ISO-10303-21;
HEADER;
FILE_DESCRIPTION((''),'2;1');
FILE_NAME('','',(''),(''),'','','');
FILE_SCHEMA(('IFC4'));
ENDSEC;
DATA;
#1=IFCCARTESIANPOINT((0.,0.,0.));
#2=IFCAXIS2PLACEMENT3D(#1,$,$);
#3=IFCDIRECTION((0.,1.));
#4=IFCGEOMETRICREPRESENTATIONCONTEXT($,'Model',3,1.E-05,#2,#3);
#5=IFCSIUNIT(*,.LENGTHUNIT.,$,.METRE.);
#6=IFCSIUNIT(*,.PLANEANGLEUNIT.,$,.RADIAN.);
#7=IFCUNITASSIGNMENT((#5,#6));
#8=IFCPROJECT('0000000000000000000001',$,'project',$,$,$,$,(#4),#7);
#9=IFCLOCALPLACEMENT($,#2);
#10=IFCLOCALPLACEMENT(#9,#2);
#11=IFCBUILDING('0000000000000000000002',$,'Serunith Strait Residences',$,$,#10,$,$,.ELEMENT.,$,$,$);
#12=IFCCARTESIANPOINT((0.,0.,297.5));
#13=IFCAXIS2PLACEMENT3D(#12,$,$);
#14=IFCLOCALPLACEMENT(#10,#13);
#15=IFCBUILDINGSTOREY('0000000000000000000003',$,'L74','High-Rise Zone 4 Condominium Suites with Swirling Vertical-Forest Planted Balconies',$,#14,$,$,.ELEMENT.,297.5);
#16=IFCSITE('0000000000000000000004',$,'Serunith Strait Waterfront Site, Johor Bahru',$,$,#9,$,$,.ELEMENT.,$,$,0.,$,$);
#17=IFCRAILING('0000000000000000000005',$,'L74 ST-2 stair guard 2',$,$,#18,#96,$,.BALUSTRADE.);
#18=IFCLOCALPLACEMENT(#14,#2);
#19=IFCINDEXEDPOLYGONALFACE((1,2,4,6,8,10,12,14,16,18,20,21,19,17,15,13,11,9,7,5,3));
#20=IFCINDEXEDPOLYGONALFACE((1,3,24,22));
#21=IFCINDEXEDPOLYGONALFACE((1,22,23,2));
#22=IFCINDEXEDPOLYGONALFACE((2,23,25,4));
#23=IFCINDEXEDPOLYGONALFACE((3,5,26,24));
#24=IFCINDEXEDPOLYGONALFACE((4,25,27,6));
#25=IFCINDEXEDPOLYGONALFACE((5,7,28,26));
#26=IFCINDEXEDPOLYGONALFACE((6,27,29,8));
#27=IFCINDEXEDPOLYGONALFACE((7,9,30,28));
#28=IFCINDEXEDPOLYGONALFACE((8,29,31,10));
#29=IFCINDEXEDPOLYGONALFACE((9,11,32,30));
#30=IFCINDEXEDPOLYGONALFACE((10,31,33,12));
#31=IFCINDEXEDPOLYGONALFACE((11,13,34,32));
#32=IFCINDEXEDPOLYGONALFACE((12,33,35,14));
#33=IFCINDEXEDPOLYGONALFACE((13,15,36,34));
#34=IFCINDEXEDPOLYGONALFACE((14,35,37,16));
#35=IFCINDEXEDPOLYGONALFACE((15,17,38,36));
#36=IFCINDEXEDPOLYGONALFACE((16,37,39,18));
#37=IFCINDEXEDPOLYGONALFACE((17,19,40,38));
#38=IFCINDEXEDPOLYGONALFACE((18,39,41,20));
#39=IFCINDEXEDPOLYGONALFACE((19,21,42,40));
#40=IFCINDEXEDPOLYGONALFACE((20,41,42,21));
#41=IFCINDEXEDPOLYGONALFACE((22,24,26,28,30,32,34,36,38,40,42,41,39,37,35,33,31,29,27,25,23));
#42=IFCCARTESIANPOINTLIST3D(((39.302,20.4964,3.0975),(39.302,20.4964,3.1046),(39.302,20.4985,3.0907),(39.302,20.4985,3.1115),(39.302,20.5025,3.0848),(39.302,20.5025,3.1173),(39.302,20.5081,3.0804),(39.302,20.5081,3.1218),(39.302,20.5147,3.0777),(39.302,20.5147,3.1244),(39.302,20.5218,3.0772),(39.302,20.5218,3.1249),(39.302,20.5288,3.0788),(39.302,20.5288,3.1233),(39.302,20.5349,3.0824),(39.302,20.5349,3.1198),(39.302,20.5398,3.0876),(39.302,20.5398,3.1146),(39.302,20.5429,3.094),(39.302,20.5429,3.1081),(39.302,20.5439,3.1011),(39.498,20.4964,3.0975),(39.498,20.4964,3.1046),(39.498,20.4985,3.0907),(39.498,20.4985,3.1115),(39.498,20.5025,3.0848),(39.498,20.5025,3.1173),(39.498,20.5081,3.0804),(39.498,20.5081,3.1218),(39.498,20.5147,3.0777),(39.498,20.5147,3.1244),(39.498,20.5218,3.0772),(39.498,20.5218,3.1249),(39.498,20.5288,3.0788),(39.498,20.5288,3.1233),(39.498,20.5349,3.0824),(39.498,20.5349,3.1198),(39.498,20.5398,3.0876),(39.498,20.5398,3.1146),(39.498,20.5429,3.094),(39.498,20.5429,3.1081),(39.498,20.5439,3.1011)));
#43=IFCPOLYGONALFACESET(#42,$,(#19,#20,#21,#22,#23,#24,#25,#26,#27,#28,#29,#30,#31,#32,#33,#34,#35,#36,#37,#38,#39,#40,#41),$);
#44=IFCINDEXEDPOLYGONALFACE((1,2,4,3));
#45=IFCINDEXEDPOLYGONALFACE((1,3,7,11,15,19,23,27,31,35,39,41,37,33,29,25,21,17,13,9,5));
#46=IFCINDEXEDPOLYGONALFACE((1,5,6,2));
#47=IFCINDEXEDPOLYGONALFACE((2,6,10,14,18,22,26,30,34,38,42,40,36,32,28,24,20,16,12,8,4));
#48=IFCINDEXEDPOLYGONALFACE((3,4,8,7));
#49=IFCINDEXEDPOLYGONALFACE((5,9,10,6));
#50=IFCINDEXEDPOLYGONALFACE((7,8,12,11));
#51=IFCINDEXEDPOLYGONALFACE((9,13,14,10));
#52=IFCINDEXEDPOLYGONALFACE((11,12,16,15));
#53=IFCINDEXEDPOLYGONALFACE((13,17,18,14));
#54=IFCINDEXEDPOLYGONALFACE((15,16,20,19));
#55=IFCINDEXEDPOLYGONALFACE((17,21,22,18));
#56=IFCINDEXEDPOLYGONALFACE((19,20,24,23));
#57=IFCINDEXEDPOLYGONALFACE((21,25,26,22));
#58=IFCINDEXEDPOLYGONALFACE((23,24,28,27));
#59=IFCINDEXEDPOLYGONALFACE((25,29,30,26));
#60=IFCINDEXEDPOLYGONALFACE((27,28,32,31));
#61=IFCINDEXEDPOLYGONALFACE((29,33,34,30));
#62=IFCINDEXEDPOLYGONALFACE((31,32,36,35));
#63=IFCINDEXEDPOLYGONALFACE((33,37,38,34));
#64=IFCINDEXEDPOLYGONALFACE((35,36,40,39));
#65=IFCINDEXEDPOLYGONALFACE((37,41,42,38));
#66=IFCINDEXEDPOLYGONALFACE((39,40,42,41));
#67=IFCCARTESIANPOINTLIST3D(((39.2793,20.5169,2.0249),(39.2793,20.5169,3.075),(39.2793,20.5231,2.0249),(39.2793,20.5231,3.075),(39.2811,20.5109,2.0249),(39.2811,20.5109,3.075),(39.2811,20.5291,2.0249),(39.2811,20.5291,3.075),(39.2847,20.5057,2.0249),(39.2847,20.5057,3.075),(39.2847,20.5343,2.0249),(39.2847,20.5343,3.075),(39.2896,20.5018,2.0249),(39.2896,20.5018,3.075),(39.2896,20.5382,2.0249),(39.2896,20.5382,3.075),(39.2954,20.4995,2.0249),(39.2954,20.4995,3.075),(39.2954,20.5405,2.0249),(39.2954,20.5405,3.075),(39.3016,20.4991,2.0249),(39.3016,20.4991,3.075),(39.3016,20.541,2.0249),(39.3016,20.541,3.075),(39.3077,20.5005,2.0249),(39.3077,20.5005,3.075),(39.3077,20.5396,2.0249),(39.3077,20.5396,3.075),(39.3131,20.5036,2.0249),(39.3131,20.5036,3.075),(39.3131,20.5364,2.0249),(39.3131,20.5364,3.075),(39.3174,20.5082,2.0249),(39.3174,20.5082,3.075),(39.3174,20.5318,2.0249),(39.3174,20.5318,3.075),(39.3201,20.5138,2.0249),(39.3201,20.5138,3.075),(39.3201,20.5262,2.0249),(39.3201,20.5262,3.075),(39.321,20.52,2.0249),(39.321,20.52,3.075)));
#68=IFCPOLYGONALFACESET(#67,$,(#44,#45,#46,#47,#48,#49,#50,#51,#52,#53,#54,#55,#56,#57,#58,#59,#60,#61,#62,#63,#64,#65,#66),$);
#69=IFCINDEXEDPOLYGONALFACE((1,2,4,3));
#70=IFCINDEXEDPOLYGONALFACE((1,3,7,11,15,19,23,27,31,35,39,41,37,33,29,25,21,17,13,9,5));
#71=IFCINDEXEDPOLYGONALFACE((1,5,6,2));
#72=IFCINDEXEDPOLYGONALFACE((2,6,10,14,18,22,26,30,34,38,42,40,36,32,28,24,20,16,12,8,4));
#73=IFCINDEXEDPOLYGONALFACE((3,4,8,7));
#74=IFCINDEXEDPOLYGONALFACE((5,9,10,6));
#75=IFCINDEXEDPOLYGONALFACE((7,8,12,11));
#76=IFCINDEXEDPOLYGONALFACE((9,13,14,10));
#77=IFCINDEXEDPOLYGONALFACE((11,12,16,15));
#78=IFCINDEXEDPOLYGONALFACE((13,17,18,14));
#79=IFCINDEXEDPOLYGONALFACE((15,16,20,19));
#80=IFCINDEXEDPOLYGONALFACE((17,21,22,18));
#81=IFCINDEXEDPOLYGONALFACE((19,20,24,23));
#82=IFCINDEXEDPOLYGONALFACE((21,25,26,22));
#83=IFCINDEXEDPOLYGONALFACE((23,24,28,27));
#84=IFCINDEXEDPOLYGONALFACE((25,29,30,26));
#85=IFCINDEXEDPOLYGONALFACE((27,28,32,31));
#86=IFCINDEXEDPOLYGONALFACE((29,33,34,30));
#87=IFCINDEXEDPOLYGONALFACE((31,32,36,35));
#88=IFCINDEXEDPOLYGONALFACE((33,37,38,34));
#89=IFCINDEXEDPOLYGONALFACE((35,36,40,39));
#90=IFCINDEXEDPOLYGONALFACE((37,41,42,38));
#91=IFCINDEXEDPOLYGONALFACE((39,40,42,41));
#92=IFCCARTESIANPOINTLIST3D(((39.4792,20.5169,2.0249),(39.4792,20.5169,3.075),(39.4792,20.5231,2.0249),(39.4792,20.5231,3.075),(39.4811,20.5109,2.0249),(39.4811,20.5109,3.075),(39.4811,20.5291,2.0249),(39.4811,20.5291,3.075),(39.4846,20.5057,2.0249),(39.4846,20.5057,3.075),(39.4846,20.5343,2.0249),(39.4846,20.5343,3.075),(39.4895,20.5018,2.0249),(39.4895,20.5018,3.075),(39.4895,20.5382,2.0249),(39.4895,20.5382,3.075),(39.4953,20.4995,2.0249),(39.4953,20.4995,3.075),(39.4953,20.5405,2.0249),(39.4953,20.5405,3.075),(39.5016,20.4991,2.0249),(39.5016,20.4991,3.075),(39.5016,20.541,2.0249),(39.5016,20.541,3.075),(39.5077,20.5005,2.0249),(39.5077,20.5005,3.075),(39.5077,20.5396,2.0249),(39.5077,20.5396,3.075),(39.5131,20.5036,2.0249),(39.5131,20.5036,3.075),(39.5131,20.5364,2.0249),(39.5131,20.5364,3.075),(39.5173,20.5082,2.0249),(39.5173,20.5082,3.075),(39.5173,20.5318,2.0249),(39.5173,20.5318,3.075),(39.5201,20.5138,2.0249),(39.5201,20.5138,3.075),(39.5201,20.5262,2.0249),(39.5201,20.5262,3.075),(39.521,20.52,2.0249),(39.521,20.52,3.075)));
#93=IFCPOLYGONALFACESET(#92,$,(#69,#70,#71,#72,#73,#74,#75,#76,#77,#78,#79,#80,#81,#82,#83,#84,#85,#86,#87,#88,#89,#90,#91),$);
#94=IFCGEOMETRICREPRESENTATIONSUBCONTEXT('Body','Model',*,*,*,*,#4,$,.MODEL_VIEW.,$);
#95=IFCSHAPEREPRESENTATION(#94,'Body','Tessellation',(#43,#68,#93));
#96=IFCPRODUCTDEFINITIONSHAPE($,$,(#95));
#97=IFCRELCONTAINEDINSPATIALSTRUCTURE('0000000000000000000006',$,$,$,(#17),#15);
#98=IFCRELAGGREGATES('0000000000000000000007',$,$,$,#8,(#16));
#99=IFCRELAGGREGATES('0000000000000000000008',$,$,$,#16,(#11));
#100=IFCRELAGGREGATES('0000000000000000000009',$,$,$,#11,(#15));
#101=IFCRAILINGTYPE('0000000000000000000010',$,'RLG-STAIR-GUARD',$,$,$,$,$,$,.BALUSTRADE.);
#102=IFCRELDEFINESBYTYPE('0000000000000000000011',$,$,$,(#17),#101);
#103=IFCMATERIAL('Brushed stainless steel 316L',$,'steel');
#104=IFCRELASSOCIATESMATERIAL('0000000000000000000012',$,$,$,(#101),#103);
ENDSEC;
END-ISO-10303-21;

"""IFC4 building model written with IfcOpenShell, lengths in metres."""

from ifc_helpers import new_model, si_unit, direction, frame, origin, origin_2d, place, context, subcontext, project, spatial, circle, extrude, material, type_object, element, save


model = new_model("IFC4")

# Units and contexts
model_context = context("Model", 3, precision=1e-05, world=origin(), true_north=direction((0.0, 1.0)))
body_context = subcontext(model_context, "Body", "Model", "MODEL_VIEW")
ifc_project = project(units=[si_unit("LENGTHUNIT", "METRE"), si_unit("PLANEANGLEUNIT", "RADIAN")], contexts=[model_context])

# Site, building, storey
site_placement = place(None, origin())
site = spatial("IfcSite", under=ifc_project, at=site_placement, Name="Serunith Strait Waterfront Site, Johor Bahru", CompositionType="ELEMENT", RefElevation=0.0)
building_placement = place(site_placement, origin())
building = spatial("IfcBuilding", under=site, at=building_placement, Name="Serunith Strait Residences", CompositionType="ELEMENT")
storey_placement = place(building_placement, frame((0.0, 0.0, 297.5)))
storey = spatial("IfcBuildingStorey", under=building, at=storey_placement, Name="L74", Description="High-Rise Zone 4 Condominium Suites with Swirling Vertical-Forest Planted Balconies", CompositionType="ELEMENT", Elevation=297.5)

# Railing
ifc_material_1 = material(Name="Brushed stainless steel 316L", Category="steel")
railing_type_1 = type_object("IfcRailingType", Name="RLG-STAIR-GUARD", PredefinedType="BALUSTRADE", material=ifc_material_1)
railing_1_placement = place(storey_placement, frame((39.3, 20.52, 2.0249)))
element("IfcRailing", 1, at=railing_1_placement, inside=storey, type_object=railing_type_1, Name="L74 ST-2 stair guard 2", PredefinedType="BALUSTRADE", context=body_context, shape_type="SweptSolid", body=[
    extrude(circle(Radius=0.0239, at=origin_2d()), frame((0.002, 0.0, 1.0762), z_axis=(1.0, 0.0, 0.0), x_axis=(0.0, 1.0, 0.0)), (0.0, 0.0, 1.0), 0.196),
    extrude(circle(Radius=0.021, at=origin_2d()), origin(), (0.0, 0.0, 1.0), 1.05),
    extrude(circle(Radius=0.021, at=origin_2d()), frame((0.2, 0.0, 0.0)), (0.0, 0.0, 1.0), 1.05),
])

save(model, "model.ifc")
